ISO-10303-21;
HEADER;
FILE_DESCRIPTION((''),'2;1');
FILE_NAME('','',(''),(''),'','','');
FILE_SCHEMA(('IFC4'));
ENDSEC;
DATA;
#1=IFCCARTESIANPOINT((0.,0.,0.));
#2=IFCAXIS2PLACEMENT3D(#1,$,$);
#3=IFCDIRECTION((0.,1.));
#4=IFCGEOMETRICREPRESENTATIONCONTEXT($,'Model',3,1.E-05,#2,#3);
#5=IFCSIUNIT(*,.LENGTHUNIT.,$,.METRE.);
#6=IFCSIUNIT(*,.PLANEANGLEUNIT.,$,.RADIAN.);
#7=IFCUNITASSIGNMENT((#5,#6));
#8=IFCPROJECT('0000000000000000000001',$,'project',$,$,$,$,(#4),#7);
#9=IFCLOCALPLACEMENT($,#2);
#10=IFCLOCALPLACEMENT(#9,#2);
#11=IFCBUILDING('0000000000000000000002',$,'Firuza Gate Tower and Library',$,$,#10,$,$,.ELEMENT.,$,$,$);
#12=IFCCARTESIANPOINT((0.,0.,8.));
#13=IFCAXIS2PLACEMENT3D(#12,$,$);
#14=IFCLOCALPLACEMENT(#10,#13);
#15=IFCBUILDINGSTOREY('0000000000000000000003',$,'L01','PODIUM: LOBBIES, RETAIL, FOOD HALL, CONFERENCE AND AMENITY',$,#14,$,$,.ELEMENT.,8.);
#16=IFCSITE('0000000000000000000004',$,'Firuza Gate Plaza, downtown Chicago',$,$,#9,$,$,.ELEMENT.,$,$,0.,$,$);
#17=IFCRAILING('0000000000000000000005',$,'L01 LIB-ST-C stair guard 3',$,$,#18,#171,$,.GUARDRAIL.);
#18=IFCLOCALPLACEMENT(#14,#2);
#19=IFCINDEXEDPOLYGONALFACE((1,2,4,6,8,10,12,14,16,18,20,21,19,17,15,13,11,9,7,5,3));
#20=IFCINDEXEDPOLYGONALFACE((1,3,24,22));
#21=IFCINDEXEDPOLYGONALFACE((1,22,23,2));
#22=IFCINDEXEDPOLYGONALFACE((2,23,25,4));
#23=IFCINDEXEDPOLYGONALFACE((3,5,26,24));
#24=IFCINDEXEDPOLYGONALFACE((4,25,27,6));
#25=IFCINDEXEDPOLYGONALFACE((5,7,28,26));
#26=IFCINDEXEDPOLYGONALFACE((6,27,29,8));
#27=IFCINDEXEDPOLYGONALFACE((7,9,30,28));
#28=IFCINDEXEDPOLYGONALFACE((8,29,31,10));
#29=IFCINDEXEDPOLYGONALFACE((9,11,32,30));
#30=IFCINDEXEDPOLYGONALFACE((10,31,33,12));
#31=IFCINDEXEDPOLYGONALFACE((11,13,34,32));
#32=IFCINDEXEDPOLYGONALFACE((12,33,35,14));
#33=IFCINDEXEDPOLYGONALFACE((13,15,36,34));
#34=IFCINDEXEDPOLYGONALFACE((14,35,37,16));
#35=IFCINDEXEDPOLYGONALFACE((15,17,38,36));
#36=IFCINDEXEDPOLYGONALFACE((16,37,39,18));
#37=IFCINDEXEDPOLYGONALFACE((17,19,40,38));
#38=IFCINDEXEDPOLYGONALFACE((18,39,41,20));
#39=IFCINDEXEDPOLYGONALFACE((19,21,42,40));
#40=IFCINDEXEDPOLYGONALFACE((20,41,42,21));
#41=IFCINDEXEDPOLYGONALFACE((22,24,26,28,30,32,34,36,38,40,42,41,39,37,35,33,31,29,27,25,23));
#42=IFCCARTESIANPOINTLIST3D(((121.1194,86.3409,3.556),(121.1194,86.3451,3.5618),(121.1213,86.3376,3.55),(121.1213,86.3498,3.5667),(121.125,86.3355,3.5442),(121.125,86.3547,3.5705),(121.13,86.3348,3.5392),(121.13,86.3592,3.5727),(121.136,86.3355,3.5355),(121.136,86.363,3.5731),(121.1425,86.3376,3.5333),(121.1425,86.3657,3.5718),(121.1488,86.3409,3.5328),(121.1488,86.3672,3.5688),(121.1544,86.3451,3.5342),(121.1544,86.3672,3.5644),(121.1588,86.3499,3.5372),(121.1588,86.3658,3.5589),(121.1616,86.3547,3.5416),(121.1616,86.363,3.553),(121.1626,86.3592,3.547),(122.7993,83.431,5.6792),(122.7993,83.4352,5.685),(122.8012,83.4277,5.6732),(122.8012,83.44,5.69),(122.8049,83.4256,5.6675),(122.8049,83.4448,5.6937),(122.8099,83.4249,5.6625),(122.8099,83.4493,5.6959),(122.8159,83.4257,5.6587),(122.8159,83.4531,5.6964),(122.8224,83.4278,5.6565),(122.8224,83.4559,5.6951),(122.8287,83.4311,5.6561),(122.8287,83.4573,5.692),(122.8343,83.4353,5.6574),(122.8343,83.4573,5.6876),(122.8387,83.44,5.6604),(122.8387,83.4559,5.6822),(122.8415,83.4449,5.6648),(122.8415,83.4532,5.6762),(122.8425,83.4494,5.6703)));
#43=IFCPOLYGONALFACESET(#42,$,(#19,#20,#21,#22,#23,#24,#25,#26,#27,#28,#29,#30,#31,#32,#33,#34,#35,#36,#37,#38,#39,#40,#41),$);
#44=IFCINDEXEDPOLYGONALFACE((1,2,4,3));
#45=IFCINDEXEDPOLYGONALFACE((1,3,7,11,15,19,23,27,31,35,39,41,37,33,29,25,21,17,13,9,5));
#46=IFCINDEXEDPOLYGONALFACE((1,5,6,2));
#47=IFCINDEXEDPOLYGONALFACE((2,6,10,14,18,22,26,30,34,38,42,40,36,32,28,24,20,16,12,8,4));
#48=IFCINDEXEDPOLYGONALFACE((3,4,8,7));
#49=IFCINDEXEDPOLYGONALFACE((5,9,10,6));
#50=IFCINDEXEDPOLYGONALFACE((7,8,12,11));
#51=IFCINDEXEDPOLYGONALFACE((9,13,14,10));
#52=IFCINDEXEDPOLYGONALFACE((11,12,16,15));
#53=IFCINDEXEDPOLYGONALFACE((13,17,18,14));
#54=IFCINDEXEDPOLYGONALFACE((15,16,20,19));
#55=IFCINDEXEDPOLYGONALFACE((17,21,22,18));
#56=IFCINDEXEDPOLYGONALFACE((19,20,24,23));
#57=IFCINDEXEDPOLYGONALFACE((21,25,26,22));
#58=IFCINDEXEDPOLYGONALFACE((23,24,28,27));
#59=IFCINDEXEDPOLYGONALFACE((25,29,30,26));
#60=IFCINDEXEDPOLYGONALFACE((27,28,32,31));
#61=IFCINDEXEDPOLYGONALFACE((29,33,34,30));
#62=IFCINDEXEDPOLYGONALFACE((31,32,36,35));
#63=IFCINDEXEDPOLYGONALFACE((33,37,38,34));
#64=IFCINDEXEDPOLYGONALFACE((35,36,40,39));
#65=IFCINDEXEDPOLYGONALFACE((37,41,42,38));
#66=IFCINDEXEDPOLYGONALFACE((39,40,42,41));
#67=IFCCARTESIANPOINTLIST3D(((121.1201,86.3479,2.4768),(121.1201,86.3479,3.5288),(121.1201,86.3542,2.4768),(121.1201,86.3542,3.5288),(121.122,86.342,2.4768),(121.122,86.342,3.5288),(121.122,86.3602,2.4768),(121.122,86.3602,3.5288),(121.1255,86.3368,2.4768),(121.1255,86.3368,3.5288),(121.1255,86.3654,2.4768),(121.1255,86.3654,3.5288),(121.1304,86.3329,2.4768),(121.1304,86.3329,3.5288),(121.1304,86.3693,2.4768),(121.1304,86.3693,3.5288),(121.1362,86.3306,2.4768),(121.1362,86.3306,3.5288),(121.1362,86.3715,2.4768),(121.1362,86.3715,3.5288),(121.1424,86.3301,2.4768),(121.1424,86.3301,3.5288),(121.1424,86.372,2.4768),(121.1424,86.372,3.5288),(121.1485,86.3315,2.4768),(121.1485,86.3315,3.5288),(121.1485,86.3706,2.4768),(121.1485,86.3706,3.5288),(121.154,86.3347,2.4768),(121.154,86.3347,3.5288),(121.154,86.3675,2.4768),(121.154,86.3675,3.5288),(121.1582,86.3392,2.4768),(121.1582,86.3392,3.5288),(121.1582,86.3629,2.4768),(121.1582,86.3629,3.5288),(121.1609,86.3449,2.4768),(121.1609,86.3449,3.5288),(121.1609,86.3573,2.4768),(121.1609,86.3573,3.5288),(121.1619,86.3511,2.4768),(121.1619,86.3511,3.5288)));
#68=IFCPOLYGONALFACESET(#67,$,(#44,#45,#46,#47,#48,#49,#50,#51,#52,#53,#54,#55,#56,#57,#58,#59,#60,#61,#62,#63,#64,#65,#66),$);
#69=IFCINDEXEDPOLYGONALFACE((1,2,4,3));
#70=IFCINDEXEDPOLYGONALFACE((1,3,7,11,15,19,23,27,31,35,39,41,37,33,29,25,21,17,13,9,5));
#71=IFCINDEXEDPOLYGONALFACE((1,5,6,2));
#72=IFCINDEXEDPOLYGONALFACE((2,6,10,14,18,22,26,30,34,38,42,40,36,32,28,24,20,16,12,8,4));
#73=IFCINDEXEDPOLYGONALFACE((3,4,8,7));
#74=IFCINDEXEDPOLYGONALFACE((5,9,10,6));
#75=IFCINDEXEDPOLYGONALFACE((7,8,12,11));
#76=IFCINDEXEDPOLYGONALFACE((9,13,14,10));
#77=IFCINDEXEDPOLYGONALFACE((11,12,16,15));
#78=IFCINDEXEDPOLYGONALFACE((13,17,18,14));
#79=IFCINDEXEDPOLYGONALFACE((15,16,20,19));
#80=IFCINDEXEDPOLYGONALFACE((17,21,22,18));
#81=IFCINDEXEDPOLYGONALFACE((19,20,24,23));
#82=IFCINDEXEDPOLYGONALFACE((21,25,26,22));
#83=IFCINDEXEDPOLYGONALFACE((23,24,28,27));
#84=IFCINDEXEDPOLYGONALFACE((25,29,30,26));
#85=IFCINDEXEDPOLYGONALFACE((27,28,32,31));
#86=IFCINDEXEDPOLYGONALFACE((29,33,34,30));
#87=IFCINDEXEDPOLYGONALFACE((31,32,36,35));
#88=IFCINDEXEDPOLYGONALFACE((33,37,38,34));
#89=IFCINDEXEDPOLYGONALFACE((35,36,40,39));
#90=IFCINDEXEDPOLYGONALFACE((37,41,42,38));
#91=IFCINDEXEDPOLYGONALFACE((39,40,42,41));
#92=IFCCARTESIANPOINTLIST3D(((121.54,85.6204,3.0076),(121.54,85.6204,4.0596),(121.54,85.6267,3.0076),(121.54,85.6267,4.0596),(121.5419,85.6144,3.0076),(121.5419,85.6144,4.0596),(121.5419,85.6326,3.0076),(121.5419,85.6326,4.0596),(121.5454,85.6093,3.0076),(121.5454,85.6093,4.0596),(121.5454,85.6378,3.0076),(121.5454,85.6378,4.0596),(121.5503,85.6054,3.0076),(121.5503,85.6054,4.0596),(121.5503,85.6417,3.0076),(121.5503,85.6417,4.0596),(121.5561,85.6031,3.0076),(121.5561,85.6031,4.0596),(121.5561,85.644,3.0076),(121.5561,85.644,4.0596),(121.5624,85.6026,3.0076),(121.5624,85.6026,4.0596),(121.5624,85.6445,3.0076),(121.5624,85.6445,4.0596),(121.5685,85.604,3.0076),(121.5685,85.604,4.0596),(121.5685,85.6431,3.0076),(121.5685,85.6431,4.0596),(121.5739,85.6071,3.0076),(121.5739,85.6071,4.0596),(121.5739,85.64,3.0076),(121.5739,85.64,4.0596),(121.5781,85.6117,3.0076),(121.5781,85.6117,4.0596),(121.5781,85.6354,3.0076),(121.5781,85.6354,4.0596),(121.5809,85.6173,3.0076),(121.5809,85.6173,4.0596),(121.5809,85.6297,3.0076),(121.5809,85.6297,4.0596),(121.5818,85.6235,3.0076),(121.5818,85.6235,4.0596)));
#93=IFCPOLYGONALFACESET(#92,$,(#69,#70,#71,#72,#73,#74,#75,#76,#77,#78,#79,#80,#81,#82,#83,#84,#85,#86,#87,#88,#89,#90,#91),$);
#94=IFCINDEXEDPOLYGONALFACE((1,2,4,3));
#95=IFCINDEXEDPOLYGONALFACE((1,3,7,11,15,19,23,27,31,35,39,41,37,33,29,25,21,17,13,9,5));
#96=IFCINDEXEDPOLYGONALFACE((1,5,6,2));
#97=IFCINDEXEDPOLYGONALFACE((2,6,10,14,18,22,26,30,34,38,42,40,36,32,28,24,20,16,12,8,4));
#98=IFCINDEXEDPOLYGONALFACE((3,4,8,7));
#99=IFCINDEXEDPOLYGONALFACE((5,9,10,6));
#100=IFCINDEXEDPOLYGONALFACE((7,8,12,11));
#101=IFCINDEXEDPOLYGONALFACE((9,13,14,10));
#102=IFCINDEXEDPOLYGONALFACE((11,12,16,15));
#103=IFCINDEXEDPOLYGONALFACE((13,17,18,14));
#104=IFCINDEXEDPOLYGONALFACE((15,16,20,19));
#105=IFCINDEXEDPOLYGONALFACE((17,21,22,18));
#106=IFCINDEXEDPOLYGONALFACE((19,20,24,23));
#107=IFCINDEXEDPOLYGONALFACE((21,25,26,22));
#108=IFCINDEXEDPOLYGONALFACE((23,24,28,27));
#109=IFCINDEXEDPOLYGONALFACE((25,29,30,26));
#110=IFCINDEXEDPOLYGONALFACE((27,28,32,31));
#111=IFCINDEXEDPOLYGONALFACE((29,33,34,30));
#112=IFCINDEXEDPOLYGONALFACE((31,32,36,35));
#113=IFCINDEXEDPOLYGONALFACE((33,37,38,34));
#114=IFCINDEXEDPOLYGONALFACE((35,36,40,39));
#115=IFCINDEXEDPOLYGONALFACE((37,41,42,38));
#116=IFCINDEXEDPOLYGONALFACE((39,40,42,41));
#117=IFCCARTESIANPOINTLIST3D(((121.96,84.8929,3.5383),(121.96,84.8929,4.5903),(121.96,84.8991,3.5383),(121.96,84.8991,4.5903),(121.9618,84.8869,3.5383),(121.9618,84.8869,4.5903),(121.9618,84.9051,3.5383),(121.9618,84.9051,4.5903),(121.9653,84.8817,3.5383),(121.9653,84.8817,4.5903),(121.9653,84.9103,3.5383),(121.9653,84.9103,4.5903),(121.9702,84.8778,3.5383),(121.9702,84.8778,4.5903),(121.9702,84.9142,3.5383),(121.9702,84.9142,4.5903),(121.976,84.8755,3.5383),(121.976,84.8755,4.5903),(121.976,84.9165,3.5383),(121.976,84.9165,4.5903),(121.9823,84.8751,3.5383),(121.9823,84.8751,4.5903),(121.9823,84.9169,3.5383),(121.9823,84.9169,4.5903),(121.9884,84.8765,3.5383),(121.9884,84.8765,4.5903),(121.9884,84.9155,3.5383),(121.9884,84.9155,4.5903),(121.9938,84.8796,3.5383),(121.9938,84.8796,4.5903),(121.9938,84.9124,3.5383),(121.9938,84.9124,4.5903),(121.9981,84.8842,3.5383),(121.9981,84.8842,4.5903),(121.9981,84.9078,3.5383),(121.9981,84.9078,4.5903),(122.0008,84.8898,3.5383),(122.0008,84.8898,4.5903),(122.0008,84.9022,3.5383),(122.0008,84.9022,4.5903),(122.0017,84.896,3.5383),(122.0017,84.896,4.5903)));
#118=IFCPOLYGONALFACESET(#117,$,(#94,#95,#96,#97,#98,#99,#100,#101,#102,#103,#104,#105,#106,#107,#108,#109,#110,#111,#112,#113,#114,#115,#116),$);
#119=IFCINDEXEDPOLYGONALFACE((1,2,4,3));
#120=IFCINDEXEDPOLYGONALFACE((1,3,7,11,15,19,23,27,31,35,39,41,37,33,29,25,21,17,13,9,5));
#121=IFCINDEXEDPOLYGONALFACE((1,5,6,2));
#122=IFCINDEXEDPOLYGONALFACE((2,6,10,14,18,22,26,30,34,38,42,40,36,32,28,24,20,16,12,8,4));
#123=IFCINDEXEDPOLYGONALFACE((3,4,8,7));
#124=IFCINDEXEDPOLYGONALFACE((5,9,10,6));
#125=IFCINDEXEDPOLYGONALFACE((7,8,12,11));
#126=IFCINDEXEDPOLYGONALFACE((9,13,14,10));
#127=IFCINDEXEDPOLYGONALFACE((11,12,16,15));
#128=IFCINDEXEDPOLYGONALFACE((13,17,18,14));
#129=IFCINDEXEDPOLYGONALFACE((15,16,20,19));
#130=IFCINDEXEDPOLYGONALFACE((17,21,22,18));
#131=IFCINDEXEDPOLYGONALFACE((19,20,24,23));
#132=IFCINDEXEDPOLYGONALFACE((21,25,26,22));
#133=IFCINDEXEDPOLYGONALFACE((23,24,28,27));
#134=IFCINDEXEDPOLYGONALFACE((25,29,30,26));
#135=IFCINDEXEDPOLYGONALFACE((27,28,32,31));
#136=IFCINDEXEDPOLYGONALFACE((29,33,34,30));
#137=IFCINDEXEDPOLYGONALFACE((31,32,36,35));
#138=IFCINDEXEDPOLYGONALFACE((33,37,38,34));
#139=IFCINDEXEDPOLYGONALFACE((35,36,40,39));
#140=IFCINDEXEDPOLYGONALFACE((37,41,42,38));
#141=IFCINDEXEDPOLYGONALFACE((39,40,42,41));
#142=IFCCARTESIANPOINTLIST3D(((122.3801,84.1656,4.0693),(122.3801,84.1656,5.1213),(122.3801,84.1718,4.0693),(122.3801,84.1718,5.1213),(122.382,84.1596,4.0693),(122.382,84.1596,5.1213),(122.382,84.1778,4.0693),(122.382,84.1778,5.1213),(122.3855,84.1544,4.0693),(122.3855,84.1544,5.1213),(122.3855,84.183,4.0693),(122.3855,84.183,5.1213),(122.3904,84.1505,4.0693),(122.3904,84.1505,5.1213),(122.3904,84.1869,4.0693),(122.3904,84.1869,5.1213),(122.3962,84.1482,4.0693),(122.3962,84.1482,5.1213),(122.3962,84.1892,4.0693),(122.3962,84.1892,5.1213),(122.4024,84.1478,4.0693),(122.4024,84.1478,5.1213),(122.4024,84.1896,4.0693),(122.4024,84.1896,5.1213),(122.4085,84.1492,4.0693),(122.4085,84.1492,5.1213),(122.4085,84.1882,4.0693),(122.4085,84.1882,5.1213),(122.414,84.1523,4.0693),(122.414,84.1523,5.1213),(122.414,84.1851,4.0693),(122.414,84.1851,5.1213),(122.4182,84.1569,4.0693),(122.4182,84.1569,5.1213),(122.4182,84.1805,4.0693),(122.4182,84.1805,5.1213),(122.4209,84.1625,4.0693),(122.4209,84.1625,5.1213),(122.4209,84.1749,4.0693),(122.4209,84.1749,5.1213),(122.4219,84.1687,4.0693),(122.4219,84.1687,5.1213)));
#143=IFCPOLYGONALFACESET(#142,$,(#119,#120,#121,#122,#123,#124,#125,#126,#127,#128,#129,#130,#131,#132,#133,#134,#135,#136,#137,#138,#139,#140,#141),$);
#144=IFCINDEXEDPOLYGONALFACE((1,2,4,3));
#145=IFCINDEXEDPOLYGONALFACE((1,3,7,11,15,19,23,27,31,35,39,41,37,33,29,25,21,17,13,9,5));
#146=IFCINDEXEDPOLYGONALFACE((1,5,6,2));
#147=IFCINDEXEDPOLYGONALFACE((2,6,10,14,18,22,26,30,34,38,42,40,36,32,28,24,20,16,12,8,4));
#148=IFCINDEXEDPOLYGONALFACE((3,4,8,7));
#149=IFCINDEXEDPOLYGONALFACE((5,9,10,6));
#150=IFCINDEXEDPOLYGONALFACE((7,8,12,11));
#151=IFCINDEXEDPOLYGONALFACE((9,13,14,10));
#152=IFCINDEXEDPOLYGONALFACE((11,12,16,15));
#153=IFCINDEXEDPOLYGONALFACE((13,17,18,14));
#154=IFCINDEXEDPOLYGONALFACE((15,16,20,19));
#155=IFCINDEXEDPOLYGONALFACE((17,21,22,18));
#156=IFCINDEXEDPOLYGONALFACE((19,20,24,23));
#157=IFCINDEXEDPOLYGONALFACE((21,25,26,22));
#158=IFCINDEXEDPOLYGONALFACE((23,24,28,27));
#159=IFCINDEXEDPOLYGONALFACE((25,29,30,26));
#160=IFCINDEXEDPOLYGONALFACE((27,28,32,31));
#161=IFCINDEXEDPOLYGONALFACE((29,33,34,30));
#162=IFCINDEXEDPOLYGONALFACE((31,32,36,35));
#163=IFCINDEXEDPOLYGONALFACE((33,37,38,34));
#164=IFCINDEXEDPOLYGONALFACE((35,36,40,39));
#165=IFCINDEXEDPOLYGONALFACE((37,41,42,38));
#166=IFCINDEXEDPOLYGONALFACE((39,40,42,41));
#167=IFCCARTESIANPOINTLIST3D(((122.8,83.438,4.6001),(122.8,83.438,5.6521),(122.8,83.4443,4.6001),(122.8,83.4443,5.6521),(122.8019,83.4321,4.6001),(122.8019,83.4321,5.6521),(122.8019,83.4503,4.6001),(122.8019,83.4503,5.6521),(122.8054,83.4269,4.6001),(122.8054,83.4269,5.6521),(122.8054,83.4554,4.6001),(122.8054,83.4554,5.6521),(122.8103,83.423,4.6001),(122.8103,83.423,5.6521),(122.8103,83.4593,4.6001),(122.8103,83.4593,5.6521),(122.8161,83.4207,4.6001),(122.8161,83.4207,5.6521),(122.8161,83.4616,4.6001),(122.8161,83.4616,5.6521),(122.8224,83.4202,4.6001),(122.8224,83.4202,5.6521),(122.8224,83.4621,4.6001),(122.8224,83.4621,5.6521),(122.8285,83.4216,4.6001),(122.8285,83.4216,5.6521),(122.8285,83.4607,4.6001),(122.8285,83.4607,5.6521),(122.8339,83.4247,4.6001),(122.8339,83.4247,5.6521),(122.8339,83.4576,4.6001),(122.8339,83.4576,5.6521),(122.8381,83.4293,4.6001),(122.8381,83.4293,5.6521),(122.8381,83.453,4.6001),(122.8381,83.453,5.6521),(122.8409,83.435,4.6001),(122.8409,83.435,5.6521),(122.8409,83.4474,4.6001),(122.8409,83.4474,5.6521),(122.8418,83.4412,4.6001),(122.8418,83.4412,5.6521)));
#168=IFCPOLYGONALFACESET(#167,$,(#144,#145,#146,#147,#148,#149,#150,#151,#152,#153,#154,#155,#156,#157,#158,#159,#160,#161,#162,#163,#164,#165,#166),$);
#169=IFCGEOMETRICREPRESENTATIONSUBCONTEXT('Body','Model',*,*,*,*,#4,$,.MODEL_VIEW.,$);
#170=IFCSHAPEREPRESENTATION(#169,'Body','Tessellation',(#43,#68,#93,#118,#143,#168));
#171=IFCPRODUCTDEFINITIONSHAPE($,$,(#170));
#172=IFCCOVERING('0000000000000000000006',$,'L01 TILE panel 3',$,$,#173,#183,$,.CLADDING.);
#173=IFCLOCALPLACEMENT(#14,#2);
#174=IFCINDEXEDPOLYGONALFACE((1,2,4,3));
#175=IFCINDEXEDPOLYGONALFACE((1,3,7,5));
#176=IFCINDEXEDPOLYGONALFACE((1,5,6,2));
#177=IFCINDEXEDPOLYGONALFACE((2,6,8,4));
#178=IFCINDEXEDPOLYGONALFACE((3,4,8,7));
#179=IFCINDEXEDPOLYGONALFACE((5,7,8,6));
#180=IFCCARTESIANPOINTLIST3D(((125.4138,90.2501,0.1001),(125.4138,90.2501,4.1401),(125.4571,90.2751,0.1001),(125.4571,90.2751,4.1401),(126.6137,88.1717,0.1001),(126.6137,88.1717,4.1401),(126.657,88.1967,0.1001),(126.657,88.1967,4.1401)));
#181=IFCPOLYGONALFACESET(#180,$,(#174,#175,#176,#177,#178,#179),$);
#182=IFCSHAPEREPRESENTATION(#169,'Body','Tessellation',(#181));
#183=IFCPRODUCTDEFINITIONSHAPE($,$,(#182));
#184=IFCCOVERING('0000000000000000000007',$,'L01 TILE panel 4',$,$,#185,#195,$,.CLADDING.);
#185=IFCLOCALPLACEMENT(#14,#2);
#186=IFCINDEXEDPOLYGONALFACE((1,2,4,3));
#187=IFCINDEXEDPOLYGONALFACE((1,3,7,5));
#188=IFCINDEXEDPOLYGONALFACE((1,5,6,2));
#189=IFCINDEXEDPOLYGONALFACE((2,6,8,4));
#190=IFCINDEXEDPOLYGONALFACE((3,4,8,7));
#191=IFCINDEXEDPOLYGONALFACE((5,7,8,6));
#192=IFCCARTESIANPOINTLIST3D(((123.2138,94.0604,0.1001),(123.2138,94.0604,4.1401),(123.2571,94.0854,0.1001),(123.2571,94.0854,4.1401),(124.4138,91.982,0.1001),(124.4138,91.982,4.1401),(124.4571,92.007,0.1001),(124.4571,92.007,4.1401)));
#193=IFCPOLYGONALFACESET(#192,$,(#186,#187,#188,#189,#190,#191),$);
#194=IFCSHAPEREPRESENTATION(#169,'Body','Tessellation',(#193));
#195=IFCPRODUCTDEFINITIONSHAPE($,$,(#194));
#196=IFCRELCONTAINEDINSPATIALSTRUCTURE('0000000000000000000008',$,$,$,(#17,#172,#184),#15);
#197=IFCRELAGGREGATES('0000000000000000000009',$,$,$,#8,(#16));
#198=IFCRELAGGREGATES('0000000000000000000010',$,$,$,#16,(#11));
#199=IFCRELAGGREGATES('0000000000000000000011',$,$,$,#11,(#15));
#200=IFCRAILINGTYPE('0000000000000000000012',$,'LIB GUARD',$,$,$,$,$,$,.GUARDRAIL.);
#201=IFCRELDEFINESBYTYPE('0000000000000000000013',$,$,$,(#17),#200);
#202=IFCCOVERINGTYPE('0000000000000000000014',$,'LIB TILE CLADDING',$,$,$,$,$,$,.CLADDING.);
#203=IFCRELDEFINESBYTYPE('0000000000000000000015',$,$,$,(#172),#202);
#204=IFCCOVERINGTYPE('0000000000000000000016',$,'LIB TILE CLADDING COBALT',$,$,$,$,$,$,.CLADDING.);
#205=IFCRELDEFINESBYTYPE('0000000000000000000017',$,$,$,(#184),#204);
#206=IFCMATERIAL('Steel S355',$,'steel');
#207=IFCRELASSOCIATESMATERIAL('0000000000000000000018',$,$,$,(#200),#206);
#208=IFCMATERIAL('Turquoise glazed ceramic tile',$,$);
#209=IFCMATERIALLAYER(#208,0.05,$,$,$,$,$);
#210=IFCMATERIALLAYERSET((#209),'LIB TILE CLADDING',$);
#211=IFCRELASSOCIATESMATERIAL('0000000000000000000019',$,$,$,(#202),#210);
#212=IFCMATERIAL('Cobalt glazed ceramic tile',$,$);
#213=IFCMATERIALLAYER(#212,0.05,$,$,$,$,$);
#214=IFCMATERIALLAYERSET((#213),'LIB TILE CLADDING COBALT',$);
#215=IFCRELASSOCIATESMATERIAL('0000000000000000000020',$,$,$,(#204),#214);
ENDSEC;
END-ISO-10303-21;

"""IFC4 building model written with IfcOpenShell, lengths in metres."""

from ifc_helpers import new_model, si_unit, direction, frame, origin, origin_2d, place, context, subcontext, project, spatial, rectangle, circle, extrude, material, layer, layer_set, type_object, element, save


model = new_model("IFC4")

# Units and contexts
model_context = context("Model", 3, precision=1e-05, world=origin(), true_north=direction((0.0, 1.0)))
body_context = subcontext(model_context, "Body", "Model", "MODEL_VIEW")
ifc_project = project(units=[si_unit("LENGTHUNIT", "METRE"), si_unit("PLANEANGLEUNIT", "RADIAN")], contexts=[model_context])

# Site, building, storey
site_placement = place(None, origin())
site = spatial("IfcSite", under=ifc_project, at=site_placement, Name="Firuza Gate Plaza, downtown Chicago", CompositionType="ELEMENT", RefElevation=0.0)
building_placement = place(site_placement, origin())
building = spatial("IfcBuilding", under=site, at=building_placement, Name="Firuza Gate Tower and Library", CompositionType="ELEMENT")
storey_placement = place(building_placement, frame((0.0, 0.0, 8.0)))
storey = spatial("IfcBuildingStorey", under=building, at=storey_placement, Name="L01", Description="PODIUM: LOBBIES, RETAIL, FOOD HALL, CONFERENCE AND AMENITY", CompositionType="ELEMENT", Elevation=8.0)

# Railing
ifc_material_1 = material(Name="Steel S355", Category="steel")
railing_type = type_object("IfcRailingType", Name="LIB GUARD", PredefinedType="GUARDRAIL", material=ifc_material_1)
railing_1_placement = place(storey_placement, frame((121.1409, 86.3511, 2.4768)))
element("IfcRailing", 1, at=railing_1_placement, inside=storey, type_object=railing_type, Name="L01 LIB-ST-C stair guard 3", PredefinedType="GUARDRAIL", context=body_context, shape_type="SweptSolid", body=[
    extrude(circle(Radius=0.0239, at=origin_2d()), frame((0.0, 0.0, 1.0762), z_axis=(0.422658, -0.732111, 0.534204), x_axis=(0.866039, 0.499976, 0.0)), (0.0, 0.0, 1.0), 3.9746),
    extrude(circle(Radius=0.021, at=origin_2d()), origin(), (0.0, 0.0, 1.0), 1.052),
    extrude(circle(Radius=0.021, at=origin_2d()), frame((0.4199, -0.7275, 0.5308)), (0.0, 0.0, 1.0), 1.052),
    extrude(circle(Radius=0.021, at=origin_2d()), frame((0.8398, -1.4551, 1.0615)), (0.0, 0.0, 1.0), 1.052),
    extrude(circle(Radius=0.021, at=origin_2d()), frame((1.26, -2.1824, 1.5925)), (0.0, 0.0, 1.0), 1.052),
    extrude(circle(Radius=0.021, at=origin_2d()), frame((1.6799, -2.9099, 2.1233)), (0.0, 0.0, 1.0), 1.052),
])

# Coverings
ifc_material_2 = material(Name="Turquoise glazed ceramic tile")
ifc_layer_1 = layer(ifc_material_2, 0.05)
ifc_layer_set_1 = layer_set([ifc_layer_1], Name="LIB TILE CLADDING")
covering_type_1 = type_object("IfcCoveringType", Name="LIB TILE CLADDING", PredefinedType="CLADDING", material=ifc_layer_set_1)
covering_1_placement = place(storey_placement, frame((126.0354, 89.2234, 0.1001), z_axis=(0.0, 0.0, 1.0), x_axis=(-0.5, 0.866025, 0.0)))
element("IfcCovering", 2, at=covering_1_placement, inside=storey, type_object=covering_type_1, Name="L01 TILE panel 3", PredefinedType="CLADDING", context=body_context, shape_type="SweptSolid", body=[
    extrude(rectangle(XDim=2.3999, YDim=0.05, at=origin_2d()), origin(), (0.0, 0.0, 1.0), 4.04),
])
ifc_material_3 = material(Name="Cobalt glazed ceramic tile")
ifc_layer_2 = layer(ifc_material_3, 0.05)
ifc_layer_set_2 = layer_set([ifc_layer_2], Name="LIB TILE CLADDING COBALT")
covering_type_2 = type_object("IfcCoveringType", Name="LIB TILE CLADDING COBALT", PredefinedType="CLADDING", material=ifc_layer_set_2)
covering_2_placement = place(storey_placement, frame((123.8354, 93.0337, 0.1001), z_axis=(0.0, 0.0, 1.0), x_axis=(-0.5, 0.866025, 0.0)))
element("IfcCovering", 3, at=covering_2_placement, inside=storey, type_object=covering_type_2, Name="L01 TILE panel 4", PredefinedType="CLADDING", context=body_context, shape_type="SweptSolid", body=[
    extrude(rectangle(XDim=2.3999, YDim=0.05, at=origin_2d()), origin(), (0.0, 0.0, 1.0), 4.04),
])

save(model, "model.ifc")
